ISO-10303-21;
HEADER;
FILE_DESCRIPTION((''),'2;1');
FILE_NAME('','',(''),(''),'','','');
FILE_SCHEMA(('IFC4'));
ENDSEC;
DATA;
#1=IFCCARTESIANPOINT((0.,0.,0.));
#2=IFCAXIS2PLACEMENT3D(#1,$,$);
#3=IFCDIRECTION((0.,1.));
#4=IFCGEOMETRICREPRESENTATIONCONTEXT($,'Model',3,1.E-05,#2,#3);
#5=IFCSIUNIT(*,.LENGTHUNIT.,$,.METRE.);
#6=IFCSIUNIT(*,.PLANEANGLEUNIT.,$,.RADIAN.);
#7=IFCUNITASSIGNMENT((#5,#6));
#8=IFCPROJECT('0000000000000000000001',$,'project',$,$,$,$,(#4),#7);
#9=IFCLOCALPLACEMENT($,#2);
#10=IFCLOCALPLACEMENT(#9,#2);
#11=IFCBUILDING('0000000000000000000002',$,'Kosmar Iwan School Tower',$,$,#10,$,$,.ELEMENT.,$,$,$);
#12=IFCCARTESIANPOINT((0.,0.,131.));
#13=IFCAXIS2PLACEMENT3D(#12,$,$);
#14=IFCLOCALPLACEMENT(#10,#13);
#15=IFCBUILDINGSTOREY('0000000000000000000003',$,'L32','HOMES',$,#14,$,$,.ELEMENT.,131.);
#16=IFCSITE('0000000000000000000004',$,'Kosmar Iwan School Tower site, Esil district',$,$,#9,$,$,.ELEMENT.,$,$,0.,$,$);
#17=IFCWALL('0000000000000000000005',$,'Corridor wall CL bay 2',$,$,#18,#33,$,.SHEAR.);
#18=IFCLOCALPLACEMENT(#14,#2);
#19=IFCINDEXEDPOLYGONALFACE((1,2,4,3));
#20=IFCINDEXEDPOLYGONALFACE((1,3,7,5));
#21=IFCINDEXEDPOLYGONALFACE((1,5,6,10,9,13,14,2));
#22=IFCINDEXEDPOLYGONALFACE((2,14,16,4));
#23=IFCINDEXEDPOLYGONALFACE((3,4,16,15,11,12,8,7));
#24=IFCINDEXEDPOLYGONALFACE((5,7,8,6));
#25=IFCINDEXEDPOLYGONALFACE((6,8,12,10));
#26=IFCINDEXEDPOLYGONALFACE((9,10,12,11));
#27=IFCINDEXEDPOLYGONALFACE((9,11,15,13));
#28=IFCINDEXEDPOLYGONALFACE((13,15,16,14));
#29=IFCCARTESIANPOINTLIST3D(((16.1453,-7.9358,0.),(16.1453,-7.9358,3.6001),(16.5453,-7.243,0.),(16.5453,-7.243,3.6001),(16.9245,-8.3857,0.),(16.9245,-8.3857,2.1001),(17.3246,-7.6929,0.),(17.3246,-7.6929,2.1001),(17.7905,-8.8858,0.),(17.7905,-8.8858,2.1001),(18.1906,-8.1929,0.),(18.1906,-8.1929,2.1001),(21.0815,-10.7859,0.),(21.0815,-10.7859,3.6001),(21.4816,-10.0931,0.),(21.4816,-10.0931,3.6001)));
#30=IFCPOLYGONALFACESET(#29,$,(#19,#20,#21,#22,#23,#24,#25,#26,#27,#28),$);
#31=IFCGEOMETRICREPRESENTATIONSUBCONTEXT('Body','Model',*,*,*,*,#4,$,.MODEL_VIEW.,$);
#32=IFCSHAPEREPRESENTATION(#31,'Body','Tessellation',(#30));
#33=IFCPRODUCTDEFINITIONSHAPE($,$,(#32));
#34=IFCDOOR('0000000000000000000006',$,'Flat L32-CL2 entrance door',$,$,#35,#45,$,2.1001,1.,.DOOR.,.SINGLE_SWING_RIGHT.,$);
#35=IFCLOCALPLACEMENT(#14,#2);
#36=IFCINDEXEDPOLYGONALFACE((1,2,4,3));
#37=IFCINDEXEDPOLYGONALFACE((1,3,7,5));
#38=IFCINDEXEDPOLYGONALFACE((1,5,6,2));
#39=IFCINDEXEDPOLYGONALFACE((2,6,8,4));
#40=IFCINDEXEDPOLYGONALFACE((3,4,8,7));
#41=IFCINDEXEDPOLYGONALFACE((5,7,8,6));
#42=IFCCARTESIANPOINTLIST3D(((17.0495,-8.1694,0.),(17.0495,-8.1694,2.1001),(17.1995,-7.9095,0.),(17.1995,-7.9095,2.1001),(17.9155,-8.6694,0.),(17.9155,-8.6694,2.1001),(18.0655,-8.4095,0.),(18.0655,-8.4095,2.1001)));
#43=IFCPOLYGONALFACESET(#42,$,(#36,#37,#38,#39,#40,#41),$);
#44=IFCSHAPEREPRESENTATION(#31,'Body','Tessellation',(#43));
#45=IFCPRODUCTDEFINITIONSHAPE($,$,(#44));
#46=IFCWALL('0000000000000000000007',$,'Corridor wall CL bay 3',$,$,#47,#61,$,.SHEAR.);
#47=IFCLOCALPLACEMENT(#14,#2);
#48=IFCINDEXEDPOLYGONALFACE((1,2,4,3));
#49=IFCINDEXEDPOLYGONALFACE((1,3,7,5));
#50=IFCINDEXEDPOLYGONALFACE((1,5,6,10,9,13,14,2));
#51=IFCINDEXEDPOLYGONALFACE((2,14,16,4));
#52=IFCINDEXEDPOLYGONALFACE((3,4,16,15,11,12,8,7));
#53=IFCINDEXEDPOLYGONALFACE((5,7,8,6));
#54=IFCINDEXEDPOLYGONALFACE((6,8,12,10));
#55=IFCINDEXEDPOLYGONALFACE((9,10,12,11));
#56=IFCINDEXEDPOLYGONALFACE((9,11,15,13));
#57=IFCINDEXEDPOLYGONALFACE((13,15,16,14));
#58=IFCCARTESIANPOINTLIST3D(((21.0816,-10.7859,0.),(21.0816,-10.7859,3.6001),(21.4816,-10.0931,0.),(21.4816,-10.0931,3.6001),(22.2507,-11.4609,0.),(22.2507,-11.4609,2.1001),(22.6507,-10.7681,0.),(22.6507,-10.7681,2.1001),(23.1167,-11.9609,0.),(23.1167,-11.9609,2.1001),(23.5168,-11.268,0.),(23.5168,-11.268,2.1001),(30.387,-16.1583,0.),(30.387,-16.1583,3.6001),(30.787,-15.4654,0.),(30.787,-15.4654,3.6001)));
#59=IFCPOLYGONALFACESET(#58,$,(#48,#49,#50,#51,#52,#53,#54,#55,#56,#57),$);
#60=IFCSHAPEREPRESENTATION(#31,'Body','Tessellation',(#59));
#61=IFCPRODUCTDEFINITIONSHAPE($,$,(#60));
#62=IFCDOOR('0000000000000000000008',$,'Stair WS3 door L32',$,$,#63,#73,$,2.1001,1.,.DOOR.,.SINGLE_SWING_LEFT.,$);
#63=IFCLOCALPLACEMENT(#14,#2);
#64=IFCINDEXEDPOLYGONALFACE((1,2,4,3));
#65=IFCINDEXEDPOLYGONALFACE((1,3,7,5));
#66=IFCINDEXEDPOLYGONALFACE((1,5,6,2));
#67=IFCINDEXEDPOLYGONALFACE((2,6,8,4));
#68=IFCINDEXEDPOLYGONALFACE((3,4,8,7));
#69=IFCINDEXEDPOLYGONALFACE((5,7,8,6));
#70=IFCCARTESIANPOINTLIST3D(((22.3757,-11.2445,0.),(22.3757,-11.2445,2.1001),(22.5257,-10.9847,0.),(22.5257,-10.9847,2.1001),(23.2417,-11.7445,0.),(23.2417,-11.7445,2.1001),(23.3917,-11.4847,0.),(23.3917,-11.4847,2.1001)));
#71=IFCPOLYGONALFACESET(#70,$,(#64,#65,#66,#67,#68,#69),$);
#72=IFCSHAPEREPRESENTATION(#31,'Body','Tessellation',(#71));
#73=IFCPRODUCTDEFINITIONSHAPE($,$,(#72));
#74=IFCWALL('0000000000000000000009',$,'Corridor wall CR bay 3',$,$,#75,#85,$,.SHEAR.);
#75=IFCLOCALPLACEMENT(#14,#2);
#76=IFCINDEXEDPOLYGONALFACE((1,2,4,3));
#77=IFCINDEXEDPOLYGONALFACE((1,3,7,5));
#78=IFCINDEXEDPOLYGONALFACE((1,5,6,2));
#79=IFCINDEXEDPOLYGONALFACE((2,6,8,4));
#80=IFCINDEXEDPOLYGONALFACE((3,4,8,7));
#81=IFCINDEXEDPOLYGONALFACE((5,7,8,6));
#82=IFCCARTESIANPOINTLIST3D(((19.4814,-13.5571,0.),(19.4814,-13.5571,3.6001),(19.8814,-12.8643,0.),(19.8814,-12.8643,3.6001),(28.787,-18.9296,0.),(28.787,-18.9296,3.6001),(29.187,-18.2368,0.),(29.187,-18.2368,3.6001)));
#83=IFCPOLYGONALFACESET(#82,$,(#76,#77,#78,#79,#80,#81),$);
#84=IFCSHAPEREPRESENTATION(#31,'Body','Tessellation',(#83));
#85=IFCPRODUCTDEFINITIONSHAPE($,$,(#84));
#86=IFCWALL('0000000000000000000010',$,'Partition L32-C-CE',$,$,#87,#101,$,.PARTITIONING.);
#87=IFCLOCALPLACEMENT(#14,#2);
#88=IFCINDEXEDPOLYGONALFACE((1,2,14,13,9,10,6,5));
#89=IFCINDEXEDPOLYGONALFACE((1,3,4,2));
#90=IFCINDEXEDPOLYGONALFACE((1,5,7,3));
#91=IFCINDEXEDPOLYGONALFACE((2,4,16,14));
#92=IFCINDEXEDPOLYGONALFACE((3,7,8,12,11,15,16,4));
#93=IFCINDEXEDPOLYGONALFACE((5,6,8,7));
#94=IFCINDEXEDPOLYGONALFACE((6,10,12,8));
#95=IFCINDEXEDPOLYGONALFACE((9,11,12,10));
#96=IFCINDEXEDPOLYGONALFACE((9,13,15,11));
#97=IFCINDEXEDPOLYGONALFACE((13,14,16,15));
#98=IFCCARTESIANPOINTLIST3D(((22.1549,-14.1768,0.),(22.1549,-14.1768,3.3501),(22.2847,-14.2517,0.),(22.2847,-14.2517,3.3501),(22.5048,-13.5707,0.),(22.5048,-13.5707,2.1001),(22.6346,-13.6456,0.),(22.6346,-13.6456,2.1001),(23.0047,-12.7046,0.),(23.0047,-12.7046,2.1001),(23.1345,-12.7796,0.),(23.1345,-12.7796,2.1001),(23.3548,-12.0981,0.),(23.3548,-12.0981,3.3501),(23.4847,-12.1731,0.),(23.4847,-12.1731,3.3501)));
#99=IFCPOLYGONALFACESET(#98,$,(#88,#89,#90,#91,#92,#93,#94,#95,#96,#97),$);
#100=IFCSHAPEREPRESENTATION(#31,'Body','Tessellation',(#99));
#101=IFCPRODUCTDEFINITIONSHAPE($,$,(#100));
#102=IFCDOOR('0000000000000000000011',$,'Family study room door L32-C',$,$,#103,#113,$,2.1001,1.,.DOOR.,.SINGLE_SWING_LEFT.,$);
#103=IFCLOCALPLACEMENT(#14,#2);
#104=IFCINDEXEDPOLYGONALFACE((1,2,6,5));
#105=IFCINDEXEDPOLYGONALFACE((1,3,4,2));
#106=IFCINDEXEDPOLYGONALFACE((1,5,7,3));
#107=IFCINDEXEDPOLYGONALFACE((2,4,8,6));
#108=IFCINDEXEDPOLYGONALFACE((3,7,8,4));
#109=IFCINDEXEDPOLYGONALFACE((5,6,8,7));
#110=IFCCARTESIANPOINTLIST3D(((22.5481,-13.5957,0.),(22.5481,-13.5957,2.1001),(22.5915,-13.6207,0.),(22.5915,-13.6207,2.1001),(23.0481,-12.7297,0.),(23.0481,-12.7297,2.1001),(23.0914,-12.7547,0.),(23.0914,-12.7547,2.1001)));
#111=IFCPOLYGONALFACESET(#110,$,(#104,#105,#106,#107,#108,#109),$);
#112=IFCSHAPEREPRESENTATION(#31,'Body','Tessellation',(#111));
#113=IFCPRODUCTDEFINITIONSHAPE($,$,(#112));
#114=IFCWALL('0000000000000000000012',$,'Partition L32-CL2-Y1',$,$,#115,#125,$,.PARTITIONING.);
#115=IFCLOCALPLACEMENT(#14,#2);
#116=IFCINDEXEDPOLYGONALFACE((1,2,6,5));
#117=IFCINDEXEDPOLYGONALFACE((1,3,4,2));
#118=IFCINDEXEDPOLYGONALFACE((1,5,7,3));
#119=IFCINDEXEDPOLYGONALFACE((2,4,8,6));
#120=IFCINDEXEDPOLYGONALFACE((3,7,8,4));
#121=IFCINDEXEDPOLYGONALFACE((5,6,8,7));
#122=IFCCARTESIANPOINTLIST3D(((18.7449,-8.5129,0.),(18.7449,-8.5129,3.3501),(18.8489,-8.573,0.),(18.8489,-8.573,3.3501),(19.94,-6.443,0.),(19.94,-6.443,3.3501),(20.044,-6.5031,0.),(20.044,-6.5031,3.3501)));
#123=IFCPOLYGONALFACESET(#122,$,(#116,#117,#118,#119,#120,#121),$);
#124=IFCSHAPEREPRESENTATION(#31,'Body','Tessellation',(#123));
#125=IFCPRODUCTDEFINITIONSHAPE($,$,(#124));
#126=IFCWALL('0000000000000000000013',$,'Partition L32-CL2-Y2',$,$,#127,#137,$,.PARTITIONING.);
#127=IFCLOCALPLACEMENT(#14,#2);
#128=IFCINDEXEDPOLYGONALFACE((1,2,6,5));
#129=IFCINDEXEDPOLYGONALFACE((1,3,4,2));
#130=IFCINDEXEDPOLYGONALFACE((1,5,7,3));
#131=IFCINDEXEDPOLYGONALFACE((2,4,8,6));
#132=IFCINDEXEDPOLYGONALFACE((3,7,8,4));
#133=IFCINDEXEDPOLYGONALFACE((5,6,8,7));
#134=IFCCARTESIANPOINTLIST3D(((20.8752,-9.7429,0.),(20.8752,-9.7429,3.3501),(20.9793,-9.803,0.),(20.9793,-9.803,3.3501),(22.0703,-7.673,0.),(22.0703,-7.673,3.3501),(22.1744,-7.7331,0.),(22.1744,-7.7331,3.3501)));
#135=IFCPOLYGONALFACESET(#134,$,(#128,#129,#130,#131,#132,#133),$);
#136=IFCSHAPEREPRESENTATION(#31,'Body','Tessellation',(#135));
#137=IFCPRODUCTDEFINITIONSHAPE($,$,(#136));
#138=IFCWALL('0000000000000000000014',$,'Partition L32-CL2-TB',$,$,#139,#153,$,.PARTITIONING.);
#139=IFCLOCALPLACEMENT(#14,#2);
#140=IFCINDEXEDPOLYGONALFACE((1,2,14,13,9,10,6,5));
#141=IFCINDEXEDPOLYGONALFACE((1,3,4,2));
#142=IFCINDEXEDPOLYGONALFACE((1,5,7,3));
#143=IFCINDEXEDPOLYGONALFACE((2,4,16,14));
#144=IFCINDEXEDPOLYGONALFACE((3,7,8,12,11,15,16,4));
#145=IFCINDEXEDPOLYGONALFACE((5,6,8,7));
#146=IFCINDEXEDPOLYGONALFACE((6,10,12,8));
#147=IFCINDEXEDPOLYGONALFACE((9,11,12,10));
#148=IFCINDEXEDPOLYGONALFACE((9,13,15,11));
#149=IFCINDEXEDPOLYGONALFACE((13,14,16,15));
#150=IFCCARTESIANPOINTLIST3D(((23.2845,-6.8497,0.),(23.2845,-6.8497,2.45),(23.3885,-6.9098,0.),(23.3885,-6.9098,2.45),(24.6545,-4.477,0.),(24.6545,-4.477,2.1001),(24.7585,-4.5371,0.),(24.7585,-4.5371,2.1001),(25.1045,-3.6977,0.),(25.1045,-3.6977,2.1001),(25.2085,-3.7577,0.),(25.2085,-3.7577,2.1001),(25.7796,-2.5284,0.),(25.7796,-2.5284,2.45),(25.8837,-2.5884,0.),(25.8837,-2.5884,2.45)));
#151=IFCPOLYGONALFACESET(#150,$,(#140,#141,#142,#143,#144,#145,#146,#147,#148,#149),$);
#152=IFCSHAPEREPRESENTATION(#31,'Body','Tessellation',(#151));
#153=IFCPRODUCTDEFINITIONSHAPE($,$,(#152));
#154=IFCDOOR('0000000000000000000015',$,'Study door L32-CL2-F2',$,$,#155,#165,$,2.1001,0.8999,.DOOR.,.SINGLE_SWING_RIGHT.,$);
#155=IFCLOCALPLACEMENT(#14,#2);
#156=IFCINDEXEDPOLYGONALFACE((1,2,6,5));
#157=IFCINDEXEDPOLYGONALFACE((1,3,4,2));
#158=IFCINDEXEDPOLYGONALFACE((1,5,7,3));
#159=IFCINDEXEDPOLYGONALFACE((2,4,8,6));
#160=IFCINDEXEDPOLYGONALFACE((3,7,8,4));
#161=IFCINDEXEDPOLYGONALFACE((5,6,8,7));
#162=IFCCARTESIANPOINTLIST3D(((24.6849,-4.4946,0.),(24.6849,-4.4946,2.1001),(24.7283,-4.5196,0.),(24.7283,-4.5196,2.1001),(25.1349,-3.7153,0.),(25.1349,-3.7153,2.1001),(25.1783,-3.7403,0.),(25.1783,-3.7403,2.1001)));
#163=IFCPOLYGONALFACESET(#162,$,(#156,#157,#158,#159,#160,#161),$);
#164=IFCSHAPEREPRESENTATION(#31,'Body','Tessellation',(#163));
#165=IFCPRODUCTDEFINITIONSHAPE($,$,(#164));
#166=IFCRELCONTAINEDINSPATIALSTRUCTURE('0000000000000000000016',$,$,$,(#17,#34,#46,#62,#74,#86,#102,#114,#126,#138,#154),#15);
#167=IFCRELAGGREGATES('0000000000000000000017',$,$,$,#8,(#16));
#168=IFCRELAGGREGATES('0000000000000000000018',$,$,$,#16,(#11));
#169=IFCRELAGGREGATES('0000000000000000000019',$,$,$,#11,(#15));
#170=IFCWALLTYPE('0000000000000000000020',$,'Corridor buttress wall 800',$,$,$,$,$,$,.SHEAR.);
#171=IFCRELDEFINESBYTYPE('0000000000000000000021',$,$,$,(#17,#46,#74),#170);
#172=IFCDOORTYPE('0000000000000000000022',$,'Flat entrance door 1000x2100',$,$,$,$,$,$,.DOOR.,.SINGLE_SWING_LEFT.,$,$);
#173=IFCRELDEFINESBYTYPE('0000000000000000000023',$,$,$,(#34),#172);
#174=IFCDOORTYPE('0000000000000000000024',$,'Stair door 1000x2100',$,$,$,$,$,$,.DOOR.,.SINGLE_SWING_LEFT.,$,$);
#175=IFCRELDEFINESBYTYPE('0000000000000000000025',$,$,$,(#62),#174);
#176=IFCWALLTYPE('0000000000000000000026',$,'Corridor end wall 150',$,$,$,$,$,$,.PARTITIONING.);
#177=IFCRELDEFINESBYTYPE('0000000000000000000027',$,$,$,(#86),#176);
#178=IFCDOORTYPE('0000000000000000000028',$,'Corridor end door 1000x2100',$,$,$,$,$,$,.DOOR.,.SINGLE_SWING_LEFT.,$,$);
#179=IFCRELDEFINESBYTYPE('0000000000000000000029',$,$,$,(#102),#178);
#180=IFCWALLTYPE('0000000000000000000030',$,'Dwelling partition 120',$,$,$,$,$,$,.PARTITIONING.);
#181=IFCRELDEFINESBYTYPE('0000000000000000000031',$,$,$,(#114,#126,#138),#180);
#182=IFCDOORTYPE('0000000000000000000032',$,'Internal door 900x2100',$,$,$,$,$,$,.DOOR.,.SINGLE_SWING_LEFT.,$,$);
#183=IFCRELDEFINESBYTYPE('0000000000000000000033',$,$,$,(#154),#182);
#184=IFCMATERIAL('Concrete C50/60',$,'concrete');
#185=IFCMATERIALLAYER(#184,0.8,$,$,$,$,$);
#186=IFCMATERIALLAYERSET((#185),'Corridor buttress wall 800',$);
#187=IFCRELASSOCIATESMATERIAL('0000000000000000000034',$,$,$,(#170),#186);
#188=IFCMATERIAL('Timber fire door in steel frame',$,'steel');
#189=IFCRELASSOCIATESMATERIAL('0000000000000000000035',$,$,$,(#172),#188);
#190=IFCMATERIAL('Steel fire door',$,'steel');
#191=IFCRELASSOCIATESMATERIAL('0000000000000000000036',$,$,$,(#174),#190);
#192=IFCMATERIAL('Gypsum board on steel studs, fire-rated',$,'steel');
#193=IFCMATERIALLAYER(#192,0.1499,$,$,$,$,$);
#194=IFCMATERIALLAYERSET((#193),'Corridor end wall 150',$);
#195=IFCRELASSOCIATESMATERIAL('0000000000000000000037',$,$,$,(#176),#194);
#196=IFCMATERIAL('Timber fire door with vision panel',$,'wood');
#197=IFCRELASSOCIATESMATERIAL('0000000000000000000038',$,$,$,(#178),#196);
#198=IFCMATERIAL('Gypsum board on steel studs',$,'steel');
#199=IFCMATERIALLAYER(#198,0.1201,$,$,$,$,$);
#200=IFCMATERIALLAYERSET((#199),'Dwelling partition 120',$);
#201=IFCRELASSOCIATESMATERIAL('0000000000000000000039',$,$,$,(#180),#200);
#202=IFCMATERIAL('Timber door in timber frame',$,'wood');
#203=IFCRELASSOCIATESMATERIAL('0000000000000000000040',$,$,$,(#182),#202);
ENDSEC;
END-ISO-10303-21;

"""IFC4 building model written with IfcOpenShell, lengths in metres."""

from ifc_helpers import new_model, si_unit, direction, frame, frame_2d, origin, place, context, subcontext, project, spatial, rectangle, extrude, material, layer, layer_set, type_object, element, fill, save


model = new_model("IFC4")

# Units and contexts
model_context = context("Model", 3, precision=1e-05, world=origin(), true_north=direction((0.0, 1.0)))
body_context = subcontext(model_context, "Body", "Model", "MODEL_VIEW")
ifc_project = project(units=[si_unit("LENGTHUNIT", "METRE"), si_unit("PLANEANGLEUNIT", "RADIAN")], contexts=[model_context])

# Site, building, storey
site_placement = place(None, origin())
site = spatial("IfcSite", under=ifc_project, at=site_placement, Name="Kosmar Iwan School Tower site, Esil district", CompositionType="ELEMENT", RefElevation=0.0)
building_placement = place(site_placement, origin())
building = spatial("IfcBuilding", under=site, at=building_placement, Name="Kosmar Iwan School Tower", CompositionType="ELEMENT")
storey_placement = place(building_placement, frame((0.0, 0.0, 131.0)))
storey = spatial("IfcBuildingStorey", under=building, at=storey_placement, Name="L32", Description="HOMES", CompositionType="ELEMENT", Elevation=131.0)

# Walls, openings, doors
ifc_material_1 = material(Name="Concrete C50/60", Category="concrete")
ifc_layer_1 = layer(ifc_material_1, 0.8)
ifc_layer_set_1 = layer_set([ifc_layer_1], Name="Corridor buttress wall 800")
wall_type_1 = type_object("IfcWallType", Name="Corridor buttress wall 800", PredefinedType="SHEAR", material=ifc_layer_set_1)
wall_1_placement = place(storey_placement, frame((16.3452, -7.5894, 0.0), z_axis=(0.0, 0.0, 1.0), x_axis=(0.866015, -0.500018, 0.0)))
wall_1 = element("IfcWall", 1, at=wall_1_placement, inside=storey, type_object=wall_type_1, Name="Corridor wall CL bay 2", PredefinedType="SHEAR", context=body_context, shape_type="SweptSolid", body=[
    extrude(rectangle(XDim=5.7, YDim=0.8, at=frame_2d((2.8501, 0.0))), origin(), (0.0, 0.0, 1.0), 3.6001),
])
opening_1_placement = place(wall_1_placement, frame((0.8999, 0.0, 0.0)))
opening_1 = element("IfcOpeningElement", 2, at=opening_1_placement, cuts=wall_1, PredefinedType="OPENING", context=body_context, shape_type="SweptSolid", body=[
    extrude(rectangle(XDim=1.0, YDim=2.1001, at=frame_2d((0.5, 1.05))), frame((0.0, 0.4121, 0.0), z_axis=(0.0, -1.0, 0.0), x_axis=(1.0, 0.0, 0.0)), (0.0, 0.0, 1.0), 0.824),
])
ifc_material_2 = material(Name="Timber fire door in steel frame", Category="steel")
door_type_1 = type_object("IfcDoorType", Name="Flat entrance door 1000x2100", OperationType="SINGLE_SWING_LEFT", PredefinedType="DOOR", material=ifc_material_2)
door_1_placement = place(opening_1_placement, origin())
door_1 = element("IfcDoor", 3, at=door_1_placement, inside=storey, type_object=door_type_1, Name="Flat L32-CL2 entrance door", OperationType="SINGLE_SWING_RIGHT", OverallHeight=2.1001, OverallWidth=1.0, PredefinedType="DOOR", context=body_context, shape_type="SweptSolid", body=[
    extrude(rectangle(XDim=1.0, YDim=2.1001, at=frame_2d((0.5, 1.05))), frame((0.0, 0.1499, 0.0), z_axis=(0.0, -1.0, 0.0), x_axis=(1.0, 0.0, 0.0)), (0.0, 0.0, 1.0), 0.3),
])
fill(opening_1, door_1)
wall_2_placement = place(storey_placement, frame((21.2815, -10.4395, 0.0), z_axis=(0.0, 0.0, 1.0), x_axis=(0.866032, -0.499988, 0.0)))
wall_2 = element("IfcWall", 4, at=wall_2_placement, inside=storey, type_object=wall_type_1, Name="Corridor wall CL bay 3", PredefinedType="SHEAR", context=body_context, shape_type="SweptSolid", body=[
    extrude(rectangle(XDim=10.7449, YDim=0.8, at=frame_2d((5.3726, 0.0))), origin(), (0.0, 0.0, 1.0), 3.6001),
])
opening_2_placement = place(wall_2_placement, frame((1.3501, 0.0, 0.0)))
opening_2 = element("IfcOpeningElement", 5, at=opening_2_placement, cuts=wall_2, PredefinedType="OPENING", context=body_context, shape_type="SweptSolid", body=[
    extrude(rectangle(XDim=1.0, YDim=2.1001, at=frame_2d((0.5, 1.05))), frame((0.0, 0.4121, 0.0), z_axis=(0.0, -1.0, 0.0), x_axis=(1.0, 0.0, 0.0)), (0.0, 0.0, 1.0), 0.824),
])
ifc_material_3 = material(Name="Steel fire door", Category="steel")
door_type_2 = type_object("IfcDoorType", Name="Stair door 1000x2100", OperationType="SINGLE_SWING_LEFT", PredefinedType="DOOR", material=ifc_material_3)
door_2_placement = place(opening_2_placement, origin())
door_2 = element("IfcDoor", 6, at=door_2_placement, inside=storey, type_object=door_type_2, Name="Stair WS3 door L32", OperationType="SINGLE_SWING_LEFT", OverallHeight=2.1001, OverallWidth=1.0, PredefinedType="DOOR", context=body_context, shape_type="SweptSolid", body=[
    extrude(rectangle(XDim=1.0, YDim=2.1001, at=frame_2d((0.5, 1.05))), frame((0.0, 0.1499, 0.0), z_axis=(0.0, -1.0, 0.0), x_axis=(1.0, 0.0, 0.0)), (0.0, 0.0, 1.0), 0.3),
])
fill(opening_2, door_2)

# Wall
wall_3_placement = place(storey_placement, frame((19.6814, -13.2107, 0.0), z_axis=(0.0, 0.0, 1.0), x_axis=(0.866028, -0.499995, 0.0)))
element("IfcWall", 7, at=wall_3_placement, inside=storey, type_object=wall_type_1, Name="Corridor wall CR bay 3", PredefinedType="SHEAR", context=body_context, shape_type="SweptSolid", body=[
    extrude(rectangle(XDim=10.7451, YDim=0.8, at=frame_2d((5.3726, 0.0))), origin(), (0.0, 0.0, 1.0), 3.6001),
])

# Wall, opening, door
ifc_material_4 = material(Name="Gypsum board on steel studs, fire-rated", Category="steel")
ifc_layer_2 = layer(ifc_material_4, 0.1499)
ifc_layer_set_2 = layer_set([ifc_layer_2], Name="Corridor end wall 150")
wall_type_2 = type_object("IfcWallType", Name="Corridor end wall 150", PredefinedType="PARTITIONING", material=ifc_layer_set_2)
wall_4_placement = place(storey_placement, frame((22.2197, -14.2144, 0.0), z_axis=(0.0, 0.0, 1.0), x_axis=(0.499957, 0.86605, 0.0)))
wall_4 = element("IfcWall", 8, at=wall_4_placement, inside=storey, type_object=wall_type_2, Name="Partition L32-C-CE", PredefinedType="PARTITIONING", context=body_context, shape_type="SweptSolid", body=[
    extrude(rectangle(XDim=2.4001, YDim=0.1499, at=frame_2d((1.2002, 0.0))), origin(), (0.0, 0.0, 1.0), 3.3501),
])
opening_3_placement = place(wall_4_placement, frame((0.7, 0.0, 0.0)))
opening_3 = element("IfcOpeningElement", 9, at=opening_3_placement, cuts=wall_4, PredefinedType="OPENING", context=body_context, shape_type="SweptSolid", body=[
    extrude(rectangle(XDim=1.0, YDim=2.1001, at=frame_2d((0.5, 1.05))), frame((0.0, 0.0869, 0.0), z_axis=(0.0, -1.0, 0.0), x_axis=(1.0, 0.0, 0.0)), (0.0, 0.0, 1.0), 0.1738),
])
ifc_material_5 = material(Name="Timber fire door with vision panel", Category="wood")
door_type_3 = type_object("IfcDoorType", Name="Corridor end door 1000x2100", OperationType="SINGLE_SWING_LEFT", PredefinedType="DOOR", material=ifc_material_5)
door_3_placement = place(opening_3_placement, origin())
door_3 = element("IfcDoor", 10, at=door_3_placement, inside=storey, type_object=door_type_3, Name="Family study room door L32-C", OperationType="SINGLE_SWING_LEFT", OverallHeight=2.1001, OverallWidth=1.0, PredefinedType="DOOR", context=body_context, shape_type="SweptSolid", body=[
    extrude(rectangle(XDim=1.0, YDim=2.1001, at=frame_2d((0.5, 1.05))), frame((0.0, 0.0249, 0.0), z_axis=(0.0, -1.0, 0.0), x_axis=(1.0, 0.0, 0.0)), (0.0, 0.0, 1.0), 0.05),
])
fill(opening_3, door_3)

# Walls
ifc_material_6 = material(Name="Gypsum board on steel studs", Category="steel")
ifc_layer_3 = layer(ifc_material_6, 0.1201)
ifc_layer_set_3 = layer_set([ifc_layer_3], Name="Dwelling partition 120")
wall_type_3 = type_object("IfcWallType", Name="Dwelling partition 120", PredefinedType="PARTITIONING", material=ifc_layer_set_3)
for number, where, z_axis, x_axis, name in (
    (11, (18.7969, -8.543, 0.0), (0.0, 0.0, 1.0), (0.500017, 0.866015, 0.0), "Partition L32-CL2-Y1"),
    (12, (20.9272, -9.7729, 0.0), (0.0, 0.0, 1.0), (0.500017, 0.866015, 0.0), "Partition L32-CL2-Y2"),
):
    element("IfcWall", number, at=place(storey_placement, frame(where, z_axis=z_axis, x_axis=x_axis)), inside=storey, type_object=wall_type_3, Name=name, PredefinedType="PARTITIONING", context=body_context, shape_type="SweptSolid", body=[
        extrude(rectangle(XDim=2.3901, YDim=0.1201, at=frame_2d((1.1951, 0.0))), origin(), (0.0, 0.0, 1.0), 3.3501),
    ])

# Wall, opening, door
wall_5_placement = place(storey_placement, frame((23.3364, -6.8799, 0.0), z_axis=(0.0, 0.0, 1.0), x_axis=(0.500033, 0.866006, 0.0)))
wall_5 = element("IfcWall", 13, at=wall_5_placement, inside=storey, type_object=wall_type_3, Name="Partition L32-CL2-TB", PredefinedType="PARTITIONING", context=body_context, shape_type="SweptSolid", body=[
    extrude(rectangle(XDim=4.99, YDim=0.1201, at=frame_2d((2.4951, 0.0))), origin(), (0.0, 0.0, 1.0), 2.45),
])
opening_4_placement = place(wall_5_placement, frame((2.74, 0.0, 0.0)))
opening_4 = element("IfcOpeningElement", 14, at=opening_4_placement, cuts=wall_5, PredefinedType="OPENING", context=body_context, shape_type="SweptSolid", body=[
    extrude(rectangle(XDim=0.8999, YDim=2.1001, at=frame_2d((0.45, 1.05))), frame((0.0, 0.072, 0.0), z_axis=(0.0, -1.0, 0.0), x_axis=(1.0, 0.0, 0.0)), (0.0, 0.0, 1.0), 0.144),
])
ifc_material_7 = material(Name="Timber door in timber frame", Category="wood")
door_type_4 = type_object("IfcDoorType", Name="Internal door 900x2100", OperationType="SINGLE_SWING_LEFT", PredefinedType="DOOR", material=ifc_material_7)
door_4_placement = place(opening_4_placement, origin())
door_4 = element("IfcDoor", 15, at=door_4_placement, inside=storey, type_object=door_type_4, Name="Study door L32-CL2-F2", OperationType="SINGLE_SWING_RIGHT", OverallHeight=2.1001, OverallWidth=0.8999, PredefinedType="DOOR", context=body_context, shape_type="SweptSolid", body=[
    extrude(rectangle(XDim=0.8999, YDim=2.1001, at=frame_2d((0.45, 1.05))), frame((0.0, 0.0249, 0.0), z_axis=(0.0, -1.0, 0.0), x_axis=(1.0, 0.0, 0.0)), (0.0, 0.0, 1.0), 0.05),
])
fill(opening_4, door_4)

save(model, "model.ifc")
